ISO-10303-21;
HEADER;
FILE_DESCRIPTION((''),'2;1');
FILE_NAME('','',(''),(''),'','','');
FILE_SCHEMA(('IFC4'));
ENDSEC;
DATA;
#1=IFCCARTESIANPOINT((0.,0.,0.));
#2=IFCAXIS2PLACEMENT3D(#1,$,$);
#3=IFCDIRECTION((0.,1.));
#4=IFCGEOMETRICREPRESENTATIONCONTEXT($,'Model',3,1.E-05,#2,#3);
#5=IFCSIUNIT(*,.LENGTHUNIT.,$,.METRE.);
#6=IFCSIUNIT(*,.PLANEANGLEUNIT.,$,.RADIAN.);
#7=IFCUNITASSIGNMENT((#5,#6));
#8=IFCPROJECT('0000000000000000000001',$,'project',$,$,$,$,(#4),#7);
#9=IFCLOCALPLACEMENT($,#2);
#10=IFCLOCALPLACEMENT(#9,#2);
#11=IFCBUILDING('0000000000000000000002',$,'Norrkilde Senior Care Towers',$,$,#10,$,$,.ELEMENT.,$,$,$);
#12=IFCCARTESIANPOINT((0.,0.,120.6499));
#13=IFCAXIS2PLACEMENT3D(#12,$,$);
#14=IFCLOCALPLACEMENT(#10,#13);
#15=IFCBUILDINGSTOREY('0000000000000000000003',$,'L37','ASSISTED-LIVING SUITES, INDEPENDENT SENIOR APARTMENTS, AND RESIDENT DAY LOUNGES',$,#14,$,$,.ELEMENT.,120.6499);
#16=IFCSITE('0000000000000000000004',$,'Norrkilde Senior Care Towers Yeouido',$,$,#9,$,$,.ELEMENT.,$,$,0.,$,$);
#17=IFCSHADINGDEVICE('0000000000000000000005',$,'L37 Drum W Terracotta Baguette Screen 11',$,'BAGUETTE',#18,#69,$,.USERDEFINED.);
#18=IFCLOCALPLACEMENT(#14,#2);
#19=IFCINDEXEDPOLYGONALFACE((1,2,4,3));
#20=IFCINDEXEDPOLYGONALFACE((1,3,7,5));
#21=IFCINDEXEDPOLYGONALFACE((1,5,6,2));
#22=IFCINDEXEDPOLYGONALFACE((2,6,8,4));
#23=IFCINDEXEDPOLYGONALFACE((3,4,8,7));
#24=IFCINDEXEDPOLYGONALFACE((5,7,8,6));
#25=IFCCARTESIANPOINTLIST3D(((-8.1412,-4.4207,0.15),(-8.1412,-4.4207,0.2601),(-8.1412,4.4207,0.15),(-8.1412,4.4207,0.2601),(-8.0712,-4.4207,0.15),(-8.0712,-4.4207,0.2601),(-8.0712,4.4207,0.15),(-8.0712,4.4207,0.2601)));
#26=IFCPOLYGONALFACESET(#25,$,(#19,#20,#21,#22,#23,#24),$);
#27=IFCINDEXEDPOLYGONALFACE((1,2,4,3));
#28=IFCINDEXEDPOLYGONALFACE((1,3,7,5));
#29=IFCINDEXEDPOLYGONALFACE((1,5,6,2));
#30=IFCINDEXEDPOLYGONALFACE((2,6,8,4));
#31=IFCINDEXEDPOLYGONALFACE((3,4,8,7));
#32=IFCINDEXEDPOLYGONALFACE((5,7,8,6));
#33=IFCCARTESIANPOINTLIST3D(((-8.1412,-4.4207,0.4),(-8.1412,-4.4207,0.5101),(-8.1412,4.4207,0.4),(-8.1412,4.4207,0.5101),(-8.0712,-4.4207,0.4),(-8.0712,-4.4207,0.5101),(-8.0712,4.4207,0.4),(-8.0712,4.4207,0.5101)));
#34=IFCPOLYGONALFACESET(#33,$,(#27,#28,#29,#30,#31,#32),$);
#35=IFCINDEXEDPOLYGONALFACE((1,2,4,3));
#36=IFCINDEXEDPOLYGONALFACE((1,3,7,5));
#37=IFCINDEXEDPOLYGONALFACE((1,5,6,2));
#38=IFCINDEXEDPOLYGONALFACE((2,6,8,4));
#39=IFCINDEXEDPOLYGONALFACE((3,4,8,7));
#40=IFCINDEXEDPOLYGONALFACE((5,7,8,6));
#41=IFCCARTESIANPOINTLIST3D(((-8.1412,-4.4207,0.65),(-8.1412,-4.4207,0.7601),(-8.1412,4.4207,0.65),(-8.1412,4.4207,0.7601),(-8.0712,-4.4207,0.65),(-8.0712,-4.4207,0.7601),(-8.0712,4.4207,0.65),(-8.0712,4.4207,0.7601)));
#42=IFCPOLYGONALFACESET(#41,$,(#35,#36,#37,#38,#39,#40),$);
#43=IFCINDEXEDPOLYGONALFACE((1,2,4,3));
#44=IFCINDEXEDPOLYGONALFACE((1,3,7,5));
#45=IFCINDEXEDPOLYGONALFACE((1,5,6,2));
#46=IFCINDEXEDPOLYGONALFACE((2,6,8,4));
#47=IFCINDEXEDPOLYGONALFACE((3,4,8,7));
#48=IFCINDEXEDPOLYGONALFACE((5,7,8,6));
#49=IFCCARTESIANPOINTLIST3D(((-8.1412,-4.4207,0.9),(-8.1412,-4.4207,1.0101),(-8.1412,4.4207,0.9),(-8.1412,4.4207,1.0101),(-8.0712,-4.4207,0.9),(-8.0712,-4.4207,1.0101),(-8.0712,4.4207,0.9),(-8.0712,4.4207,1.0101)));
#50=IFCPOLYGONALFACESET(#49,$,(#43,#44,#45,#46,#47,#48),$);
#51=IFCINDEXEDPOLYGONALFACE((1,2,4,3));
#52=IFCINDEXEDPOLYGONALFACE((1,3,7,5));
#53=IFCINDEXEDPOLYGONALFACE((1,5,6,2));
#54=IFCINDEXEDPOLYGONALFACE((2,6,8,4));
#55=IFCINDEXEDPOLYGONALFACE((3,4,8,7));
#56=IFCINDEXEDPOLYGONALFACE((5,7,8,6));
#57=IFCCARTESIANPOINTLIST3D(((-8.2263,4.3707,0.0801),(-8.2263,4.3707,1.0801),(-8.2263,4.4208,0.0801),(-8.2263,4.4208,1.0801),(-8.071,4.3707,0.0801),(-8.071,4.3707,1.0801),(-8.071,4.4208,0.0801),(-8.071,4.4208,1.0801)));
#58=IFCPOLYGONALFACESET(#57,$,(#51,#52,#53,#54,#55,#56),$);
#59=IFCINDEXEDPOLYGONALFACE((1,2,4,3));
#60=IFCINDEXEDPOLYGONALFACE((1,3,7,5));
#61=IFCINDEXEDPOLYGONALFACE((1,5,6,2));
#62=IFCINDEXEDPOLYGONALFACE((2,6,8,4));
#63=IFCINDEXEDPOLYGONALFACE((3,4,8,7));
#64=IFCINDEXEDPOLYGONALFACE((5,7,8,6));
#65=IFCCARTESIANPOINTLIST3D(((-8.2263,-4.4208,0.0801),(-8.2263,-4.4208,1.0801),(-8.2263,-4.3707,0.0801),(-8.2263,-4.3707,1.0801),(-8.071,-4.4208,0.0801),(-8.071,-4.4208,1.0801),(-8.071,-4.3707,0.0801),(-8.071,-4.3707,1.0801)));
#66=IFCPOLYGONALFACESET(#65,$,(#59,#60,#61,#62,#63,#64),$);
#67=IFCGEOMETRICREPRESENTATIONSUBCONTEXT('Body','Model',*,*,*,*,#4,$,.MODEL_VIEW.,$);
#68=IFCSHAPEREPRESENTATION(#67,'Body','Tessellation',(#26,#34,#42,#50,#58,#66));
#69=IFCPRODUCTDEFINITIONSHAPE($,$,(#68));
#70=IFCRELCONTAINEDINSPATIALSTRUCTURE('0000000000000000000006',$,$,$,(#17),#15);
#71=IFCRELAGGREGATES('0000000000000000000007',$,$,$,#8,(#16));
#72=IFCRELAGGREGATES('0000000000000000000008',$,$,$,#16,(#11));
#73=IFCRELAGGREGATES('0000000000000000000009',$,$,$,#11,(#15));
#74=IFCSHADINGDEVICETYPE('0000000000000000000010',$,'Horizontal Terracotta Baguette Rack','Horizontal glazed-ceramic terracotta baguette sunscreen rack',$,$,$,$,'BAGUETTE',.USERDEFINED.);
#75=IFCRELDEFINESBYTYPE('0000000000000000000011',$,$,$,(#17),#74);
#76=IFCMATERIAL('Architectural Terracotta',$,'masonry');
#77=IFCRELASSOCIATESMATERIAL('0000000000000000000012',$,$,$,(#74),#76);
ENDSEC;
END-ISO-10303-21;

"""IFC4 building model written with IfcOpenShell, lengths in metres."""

from ifc_helpers import new_model, si_unit, direction, frame, origin, origin_2d, place, context, subcontext, project, spatial, rectangle, extrude, source, transform, mapped, material, type_object, type_shapes, element, save


model = new_model("IFC4")

# Units and contexts
model_context = context("Model", 3, precision=1e-05, world=origin(), true_north=direction((0.0, 1.0)))
body_context = subcontext(model_context, "Body", "Model", "MODEL_VIEW")
ifc_project = project(units=[si_unit("LENGTHUNIT", "METRE"), si_unit("PLANEANGLEUNIT", "RADIAN")], contexts=[model_context])

# Site, building, storey
site_placement = place(None, origin())
site = spatial("IfcSite", under=ifc_project, at=site_placement, Name="Norrkilde Senior Care Towers Yeouido", CompositionType="ELEMENT", RefElevation=0.0)
building_placement = place(site_placement, origin())
building = spatial("IfcBuilding", under=site, at=building_placement, Name="Norrkilde Senior Care Towers", CompositionType="ELEMENT")
storey_placement = place(building_placement, frame((0.0, 0.0, 120.6499)))
storey = spatial("IfcBuildingStorey", under=building, at=storey_placement, Name="L37", Description="ASSISTED-LIVING SUITES, INDEPENDENT SENIOR APARTMENTS, AND RESIDENT DAY LOUNGES", CompositionType="ELEMENT", Elevation=120.6499)

# Shading device
ifc_material_1 = material(Name="Architectural Terracotta", Category="masonry")
shading_device_type = type_object("IfcShadingDeviceType", Name="Horizontal Terracotta Baguette Rack", Description="Horizontal glazed-ceramic terracotta baguette sunscreen rack", ElementType="BAGUETTE", PredefinedType="USERDEFINED", material=ifc_material_1)
shared_shape_1 = source(origin(), body_context, "Body", "SweptSolid", [
    extrude(rectangle(XDim=0.0701, YDim=0.1101, at=origin_2d()), frame((0.0, 0.0901, 0.125), z_axis=(1.0, 0.0, 0.0), x_axis=(0.0, 1.0, 0.0)), (0.0, 0.0, 1.0), 8.8413),
    extrude(rectangle(XDim=0.0701, YDim=0.1101, at=origin_2d()), frame((0.0, 0.0901, 0.375), z_axis=(1.0, 0.0, 0.0), x_axis=(0.0, 1.0, 0.0)), (0.0, 0.0, 1.0), 8.8413),
    extrude(rectangle(XDim=0.0701, YDim=0.1101, at=origin_2d()), frame((0.0, 0.0901, 0.625), z_axis=(1.0, 0.0, 0.0), x_axis=(0.0, 1.0, 0.0)), (0.0, 0.0, 1.0), 8.8413),
    extrude(rectangle(XDim=0.0701, YDim=0.1101, at=origin_2d()), frame((0.0, 0.0901, 0.875), z_axis=(1.0, 0.0, 0.0), x_axis=(0.0, 1.0, 0.0)), (0.0, 0.0, 1.0), 8.8413),
    extrude(rectangle(XDim=0.05, YDim=0.1553, at=origin_2d()), frame((0.0249, 0.0476, 0.0)), (0.0, 0.0, 1.0), 1.0),
    extrude(rectangle(XDim=0.05, YDim=0.1553, at=origin_2d()), frame((8.8164, 0.0476, 0.0)), (0.0, 0.0, 1.0), 1.0),
])
type_shapes(shading_device_type, [shared_shape_1])
shading_device_placement = place(storey_placement, frame((-8.1963, 4.4207, 0.0801), z_axis=(0.0, 0.0, 1.0), x_axis=(0.0, -1.0, 0.0)))
element("IfcShadingDevice", 1, at=shading_device_placement, inside=storey, type_object=shading_device_type, Name="L37 Drum W Terracotta Baguette Screen 11", ObjectType="BAGUETTE", PredefinedType="USERDEFINED", context=body_context, shape_type="MappedRepresentation", body=[
    mapped(shared_shape_1, transform((0.0, 0.0, 0.0), x_axis=(1.0, 0.0, 0.0), y_axis=(0.0, 1.0, 0.0), z_axis=(0.0, 0.0, 1.0), scale=1.0)),
])

save(model, "model.ifc")
